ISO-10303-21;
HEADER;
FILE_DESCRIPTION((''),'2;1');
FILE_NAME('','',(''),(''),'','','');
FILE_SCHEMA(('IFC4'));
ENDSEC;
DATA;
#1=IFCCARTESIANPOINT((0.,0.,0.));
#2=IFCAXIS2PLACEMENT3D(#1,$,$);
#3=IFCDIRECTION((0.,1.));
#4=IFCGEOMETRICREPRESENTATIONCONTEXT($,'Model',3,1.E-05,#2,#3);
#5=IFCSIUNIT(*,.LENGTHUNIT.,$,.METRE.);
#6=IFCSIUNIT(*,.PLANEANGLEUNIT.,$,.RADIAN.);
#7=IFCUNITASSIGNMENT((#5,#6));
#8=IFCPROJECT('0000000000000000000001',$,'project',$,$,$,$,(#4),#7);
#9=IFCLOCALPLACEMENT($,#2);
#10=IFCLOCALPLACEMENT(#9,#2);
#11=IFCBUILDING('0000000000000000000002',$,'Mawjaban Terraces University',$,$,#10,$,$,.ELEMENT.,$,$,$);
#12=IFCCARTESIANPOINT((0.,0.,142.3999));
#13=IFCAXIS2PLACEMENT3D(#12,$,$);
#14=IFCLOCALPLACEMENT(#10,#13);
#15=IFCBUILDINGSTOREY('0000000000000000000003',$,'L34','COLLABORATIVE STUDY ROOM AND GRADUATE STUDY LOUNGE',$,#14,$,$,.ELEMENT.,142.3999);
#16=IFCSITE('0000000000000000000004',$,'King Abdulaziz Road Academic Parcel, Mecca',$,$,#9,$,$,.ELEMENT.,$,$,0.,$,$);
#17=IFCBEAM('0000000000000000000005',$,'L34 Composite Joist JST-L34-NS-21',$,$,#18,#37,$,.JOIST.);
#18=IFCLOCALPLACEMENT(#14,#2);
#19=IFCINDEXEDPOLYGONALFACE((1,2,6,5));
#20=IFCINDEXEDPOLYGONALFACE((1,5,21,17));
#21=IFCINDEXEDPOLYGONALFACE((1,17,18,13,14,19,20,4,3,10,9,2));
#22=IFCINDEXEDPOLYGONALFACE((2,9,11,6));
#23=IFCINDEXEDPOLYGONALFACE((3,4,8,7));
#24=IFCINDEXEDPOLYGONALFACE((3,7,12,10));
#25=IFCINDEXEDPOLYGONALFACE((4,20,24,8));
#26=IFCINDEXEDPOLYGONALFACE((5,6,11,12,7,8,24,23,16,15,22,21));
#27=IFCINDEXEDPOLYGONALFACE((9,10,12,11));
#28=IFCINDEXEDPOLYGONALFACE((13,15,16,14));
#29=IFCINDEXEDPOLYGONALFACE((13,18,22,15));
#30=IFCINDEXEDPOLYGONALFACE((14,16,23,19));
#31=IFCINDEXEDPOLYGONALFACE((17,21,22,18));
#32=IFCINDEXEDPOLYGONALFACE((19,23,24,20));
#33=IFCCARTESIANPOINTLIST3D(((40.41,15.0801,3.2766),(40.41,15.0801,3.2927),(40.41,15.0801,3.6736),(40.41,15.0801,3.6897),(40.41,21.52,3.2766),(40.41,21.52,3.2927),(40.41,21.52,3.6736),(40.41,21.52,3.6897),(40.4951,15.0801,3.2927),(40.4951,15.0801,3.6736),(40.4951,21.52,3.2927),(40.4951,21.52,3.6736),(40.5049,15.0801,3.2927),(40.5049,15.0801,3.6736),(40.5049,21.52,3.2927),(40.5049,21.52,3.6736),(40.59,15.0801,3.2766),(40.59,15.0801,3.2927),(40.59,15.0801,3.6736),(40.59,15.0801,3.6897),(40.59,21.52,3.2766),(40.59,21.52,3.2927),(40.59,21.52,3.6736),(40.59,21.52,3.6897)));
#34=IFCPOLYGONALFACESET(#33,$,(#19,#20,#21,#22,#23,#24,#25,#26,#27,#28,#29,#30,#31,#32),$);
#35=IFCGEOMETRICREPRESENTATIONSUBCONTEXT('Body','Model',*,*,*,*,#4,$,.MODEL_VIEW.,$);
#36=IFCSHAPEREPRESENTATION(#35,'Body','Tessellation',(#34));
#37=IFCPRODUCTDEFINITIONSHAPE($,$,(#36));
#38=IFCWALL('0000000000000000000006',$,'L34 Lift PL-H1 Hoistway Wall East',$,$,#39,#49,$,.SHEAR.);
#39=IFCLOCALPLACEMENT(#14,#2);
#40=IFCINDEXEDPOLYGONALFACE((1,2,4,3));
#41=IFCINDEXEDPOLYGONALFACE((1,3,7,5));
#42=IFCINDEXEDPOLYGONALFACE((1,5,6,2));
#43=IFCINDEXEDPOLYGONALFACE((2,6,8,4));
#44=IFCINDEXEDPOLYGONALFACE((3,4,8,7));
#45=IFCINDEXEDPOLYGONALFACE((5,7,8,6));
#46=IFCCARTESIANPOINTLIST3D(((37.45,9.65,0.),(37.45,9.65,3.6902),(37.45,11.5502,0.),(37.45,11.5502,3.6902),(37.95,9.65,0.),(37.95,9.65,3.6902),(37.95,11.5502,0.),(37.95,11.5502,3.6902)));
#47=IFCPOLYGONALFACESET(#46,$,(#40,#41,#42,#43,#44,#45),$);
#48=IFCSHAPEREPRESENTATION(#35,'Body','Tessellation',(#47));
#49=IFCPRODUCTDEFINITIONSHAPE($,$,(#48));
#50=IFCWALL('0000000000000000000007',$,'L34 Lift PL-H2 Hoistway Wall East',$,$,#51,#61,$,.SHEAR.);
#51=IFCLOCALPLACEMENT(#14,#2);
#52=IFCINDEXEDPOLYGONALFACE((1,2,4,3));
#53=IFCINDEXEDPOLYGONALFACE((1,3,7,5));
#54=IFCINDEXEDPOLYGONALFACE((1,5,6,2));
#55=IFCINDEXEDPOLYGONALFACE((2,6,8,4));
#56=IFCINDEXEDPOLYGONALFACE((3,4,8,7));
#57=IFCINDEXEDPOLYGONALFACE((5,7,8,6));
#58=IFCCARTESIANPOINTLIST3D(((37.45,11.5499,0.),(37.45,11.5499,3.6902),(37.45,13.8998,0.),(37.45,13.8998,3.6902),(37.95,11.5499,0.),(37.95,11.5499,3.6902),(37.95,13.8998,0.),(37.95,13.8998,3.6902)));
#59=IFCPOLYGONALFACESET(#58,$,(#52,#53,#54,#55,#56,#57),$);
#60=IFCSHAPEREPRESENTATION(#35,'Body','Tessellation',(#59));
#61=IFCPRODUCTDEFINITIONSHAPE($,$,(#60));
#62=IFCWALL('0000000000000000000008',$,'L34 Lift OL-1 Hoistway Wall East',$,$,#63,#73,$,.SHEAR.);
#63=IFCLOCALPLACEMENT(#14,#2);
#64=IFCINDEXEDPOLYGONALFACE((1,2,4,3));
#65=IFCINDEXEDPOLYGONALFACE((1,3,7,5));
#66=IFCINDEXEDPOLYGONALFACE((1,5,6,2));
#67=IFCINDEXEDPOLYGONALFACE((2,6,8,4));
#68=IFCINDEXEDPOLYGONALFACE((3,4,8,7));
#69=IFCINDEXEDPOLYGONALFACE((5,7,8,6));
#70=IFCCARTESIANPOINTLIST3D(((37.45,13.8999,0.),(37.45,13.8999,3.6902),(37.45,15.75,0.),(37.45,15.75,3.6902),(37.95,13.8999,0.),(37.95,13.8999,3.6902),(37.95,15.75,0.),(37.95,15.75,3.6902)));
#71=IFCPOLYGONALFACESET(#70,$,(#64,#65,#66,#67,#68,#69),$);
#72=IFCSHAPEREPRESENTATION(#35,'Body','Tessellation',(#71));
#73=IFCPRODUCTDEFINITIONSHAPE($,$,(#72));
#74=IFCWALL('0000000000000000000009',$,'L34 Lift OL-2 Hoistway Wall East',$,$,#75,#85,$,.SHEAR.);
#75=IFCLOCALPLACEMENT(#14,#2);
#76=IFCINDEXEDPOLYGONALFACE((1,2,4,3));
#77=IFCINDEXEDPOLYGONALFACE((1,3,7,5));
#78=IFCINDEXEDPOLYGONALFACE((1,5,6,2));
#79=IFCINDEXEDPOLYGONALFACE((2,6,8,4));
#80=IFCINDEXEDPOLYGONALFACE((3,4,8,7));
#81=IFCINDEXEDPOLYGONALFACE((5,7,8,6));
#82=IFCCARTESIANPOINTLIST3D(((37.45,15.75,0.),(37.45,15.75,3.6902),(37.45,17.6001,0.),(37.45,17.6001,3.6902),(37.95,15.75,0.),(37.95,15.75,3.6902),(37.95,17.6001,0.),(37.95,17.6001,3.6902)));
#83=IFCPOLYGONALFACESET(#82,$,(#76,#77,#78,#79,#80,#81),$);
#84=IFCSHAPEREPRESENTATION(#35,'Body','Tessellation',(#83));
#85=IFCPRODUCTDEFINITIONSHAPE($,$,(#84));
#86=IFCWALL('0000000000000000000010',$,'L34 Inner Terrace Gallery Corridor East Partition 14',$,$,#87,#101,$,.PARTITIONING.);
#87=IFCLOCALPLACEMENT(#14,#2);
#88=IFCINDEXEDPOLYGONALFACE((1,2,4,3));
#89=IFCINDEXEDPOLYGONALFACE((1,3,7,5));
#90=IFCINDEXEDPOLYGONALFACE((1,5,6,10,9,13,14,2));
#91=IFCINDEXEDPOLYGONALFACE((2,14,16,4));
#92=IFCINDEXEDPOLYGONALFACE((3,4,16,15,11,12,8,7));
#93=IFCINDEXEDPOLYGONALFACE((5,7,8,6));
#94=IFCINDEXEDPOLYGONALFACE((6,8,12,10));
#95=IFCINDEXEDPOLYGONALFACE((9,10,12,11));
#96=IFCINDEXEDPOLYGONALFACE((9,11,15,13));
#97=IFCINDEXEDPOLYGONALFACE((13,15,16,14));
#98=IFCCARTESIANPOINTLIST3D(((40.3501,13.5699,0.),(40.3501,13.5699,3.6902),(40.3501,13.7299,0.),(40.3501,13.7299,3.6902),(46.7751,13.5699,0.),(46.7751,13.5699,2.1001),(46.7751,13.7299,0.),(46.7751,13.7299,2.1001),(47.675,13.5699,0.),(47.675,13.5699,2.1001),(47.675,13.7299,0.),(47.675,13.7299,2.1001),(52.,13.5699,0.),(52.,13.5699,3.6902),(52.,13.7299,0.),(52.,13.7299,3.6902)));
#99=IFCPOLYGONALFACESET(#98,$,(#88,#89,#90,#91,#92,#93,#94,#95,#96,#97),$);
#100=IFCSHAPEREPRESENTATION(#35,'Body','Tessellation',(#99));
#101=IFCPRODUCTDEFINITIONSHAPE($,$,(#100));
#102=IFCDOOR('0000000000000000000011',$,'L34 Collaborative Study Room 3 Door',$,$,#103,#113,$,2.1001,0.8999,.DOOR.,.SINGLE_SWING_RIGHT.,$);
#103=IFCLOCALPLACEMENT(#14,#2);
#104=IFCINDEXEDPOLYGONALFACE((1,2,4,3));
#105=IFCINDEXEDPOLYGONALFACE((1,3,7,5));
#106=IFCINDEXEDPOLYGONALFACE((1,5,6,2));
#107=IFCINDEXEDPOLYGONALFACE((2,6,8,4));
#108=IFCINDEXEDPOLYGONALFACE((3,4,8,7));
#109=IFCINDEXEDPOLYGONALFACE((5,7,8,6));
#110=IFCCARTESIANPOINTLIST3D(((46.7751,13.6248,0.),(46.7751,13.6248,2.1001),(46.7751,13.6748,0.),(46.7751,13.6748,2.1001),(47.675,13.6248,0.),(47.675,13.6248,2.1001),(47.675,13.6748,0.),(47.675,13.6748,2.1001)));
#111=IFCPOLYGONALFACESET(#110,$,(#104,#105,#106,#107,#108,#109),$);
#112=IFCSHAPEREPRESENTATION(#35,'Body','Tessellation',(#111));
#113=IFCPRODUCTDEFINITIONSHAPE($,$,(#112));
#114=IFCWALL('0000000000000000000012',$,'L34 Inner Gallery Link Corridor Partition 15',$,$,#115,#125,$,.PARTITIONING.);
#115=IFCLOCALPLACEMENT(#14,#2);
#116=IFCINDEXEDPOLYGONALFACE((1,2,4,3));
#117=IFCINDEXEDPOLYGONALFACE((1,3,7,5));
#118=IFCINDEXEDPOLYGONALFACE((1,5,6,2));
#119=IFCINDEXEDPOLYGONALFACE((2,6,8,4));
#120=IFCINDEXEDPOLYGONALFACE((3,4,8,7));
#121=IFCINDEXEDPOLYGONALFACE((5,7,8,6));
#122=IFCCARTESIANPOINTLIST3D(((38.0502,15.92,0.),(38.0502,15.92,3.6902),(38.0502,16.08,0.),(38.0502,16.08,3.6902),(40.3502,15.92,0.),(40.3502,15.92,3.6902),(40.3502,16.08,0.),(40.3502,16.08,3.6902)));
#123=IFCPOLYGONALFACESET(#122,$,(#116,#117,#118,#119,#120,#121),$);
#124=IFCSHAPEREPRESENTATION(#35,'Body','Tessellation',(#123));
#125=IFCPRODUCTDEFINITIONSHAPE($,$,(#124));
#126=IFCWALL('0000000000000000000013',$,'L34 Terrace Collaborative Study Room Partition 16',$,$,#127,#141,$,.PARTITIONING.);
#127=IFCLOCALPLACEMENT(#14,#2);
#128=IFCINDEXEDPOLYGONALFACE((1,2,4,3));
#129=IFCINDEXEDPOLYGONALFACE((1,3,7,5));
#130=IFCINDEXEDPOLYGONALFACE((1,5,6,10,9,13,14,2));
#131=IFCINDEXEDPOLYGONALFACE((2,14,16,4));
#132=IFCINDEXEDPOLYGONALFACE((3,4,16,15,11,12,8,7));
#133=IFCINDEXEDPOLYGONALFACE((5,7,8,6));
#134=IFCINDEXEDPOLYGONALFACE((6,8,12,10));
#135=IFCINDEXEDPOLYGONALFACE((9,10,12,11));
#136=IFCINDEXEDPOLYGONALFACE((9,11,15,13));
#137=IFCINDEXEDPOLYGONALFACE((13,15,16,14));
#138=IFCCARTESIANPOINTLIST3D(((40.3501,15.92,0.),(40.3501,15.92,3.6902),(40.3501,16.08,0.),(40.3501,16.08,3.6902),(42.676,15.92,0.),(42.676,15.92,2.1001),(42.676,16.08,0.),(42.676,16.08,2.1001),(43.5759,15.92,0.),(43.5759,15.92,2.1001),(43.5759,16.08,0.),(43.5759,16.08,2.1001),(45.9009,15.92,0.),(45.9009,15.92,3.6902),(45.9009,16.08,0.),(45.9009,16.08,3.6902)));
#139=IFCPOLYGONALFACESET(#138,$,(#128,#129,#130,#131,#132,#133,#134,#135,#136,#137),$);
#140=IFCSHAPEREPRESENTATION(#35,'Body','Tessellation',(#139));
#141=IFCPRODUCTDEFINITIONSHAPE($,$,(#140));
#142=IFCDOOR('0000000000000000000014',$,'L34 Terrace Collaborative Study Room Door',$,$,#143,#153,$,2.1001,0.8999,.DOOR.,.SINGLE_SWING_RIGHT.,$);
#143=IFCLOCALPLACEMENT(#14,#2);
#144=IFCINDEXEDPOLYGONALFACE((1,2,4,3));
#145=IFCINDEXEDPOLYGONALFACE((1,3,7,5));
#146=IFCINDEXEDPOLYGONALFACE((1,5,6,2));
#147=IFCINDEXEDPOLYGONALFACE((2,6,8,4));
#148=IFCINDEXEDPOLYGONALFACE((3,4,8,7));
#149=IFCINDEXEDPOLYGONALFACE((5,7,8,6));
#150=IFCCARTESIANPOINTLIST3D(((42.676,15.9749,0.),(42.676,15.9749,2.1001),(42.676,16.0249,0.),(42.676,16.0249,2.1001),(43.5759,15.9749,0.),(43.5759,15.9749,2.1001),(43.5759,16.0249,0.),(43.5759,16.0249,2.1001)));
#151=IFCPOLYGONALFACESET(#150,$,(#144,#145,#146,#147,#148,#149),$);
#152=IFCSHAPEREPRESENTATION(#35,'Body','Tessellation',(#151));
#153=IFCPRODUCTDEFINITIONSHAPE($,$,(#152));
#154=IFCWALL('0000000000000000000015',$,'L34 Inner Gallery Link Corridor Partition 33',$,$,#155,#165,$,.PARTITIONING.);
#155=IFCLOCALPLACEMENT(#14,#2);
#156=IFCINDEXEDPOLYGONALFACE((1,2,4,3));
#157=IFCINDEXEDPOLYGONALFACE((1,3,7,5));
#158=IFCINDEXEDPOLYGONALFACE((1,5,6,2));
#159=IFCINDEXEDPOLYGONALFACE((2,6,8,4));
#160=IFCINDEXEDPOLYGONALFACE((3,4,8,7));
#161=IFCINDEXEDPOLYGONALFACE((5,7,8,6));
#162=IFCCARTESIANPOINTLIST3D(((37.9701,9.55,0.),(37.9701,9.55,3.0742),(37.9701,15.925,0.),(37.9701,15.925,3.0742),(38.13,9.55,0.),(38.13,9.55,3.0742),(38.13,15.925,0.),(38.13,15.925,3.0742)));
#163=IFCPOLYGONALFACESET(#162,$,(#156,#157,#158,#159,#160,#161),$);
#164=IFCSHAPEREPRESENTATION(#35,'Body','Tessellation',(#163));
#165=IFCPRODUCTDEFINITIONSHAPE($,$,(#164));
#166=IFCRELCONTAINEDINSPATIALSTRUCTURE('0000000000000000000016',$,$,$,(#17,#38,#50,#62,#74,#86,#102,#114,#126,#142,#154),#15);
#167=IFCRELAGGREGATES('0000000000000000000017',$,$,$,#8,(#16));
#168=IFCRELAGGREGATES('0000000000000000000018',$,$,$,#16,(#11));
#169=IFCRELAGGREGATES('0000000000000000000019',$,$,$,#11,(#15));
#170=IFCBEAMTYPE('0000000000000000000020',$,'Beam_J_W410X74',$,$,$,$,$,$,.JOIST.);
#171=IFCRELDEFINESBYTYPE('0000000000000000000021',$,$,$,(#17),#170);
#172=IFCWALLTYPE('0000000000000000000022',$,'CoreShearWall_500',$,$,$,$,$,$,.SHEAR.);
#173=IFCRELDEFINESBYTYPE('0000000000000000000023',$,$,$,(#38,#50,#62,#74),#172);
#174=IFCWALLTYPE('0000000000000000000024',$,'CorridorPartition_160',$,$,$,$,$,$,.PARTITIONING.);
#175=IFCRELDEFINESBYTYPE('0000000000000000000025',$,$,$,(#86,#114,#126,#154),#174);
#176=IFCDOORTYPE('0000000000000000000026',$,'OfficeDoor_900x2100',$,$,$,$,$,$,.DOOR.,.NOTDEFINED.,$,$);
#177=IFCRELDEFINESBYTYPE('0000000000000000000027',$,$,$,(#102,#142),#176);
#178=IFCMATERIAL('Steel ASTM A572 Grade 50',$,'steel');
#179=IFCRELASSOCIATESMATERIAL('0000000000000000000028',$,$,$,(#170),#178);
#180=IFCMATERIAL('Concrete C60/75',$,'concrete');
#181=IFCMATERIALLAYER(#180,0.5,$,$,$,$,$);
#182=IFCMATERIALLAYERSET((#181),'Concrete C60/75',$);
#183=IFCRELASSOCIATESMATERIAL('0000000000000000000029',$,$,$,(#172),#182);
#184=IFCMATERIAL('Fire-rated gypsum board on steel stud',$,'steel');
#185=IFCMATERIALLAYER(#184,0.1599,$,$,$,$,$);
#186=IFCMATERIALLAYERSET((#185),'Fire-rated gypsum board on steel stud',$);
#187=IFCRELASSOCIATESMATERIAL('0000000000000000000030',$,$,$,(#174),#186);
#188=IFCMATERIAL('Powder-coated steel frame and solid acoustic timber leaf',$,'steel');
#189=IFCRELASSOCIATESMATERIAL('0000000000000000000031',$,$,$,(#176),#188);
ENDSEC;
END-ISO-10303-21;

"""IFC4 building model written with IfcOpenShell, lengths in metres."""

from ifc_helpers import new_model, si_unit, direction, frame, frame_2d, origin, origin_2d, place, context, subcontext, project, spatial, rectangle, i_section, extrude, material, layer, layer_set, material_profile, profile_set, type_object, element, fill, save


model = new_model("IFC4")

# Units and contexts
model_context = context("Model", 3, precision=1e-05, world=origin(), true_north=direction((0.0, 1.0)))
body_context = subcontext(model_context, "Body", "Model", "MODEL_VIEW")
ifc_project = project(units=[si_unit("LENGTHUNIT", "METRE"), si_unit("PLANEANGLEUNIT", "RADIAN")], contexts=[model_context])

# Site, building, storey
site_placement = place(None, origin())
site = spatial("IfcSite", under=ifc_project, at=site_placement, Name="King Abdulaziz Road Academic Parcel, Mecca", CompositionType="ELEMENT", RefElevation=0.0)
building_placement = place(site_placement, origin())
building = spatial("IfcBuilding", under=site, at=building_placement, Name="Mawjaban Terraces University", CompositionType="ELEMENT")
storey_placement = place(building_placement, frame((0.0, 0.0, 142.3999)))
storey = spatial("IfcBuildingStorey", under=building, at=storey_placement, Name="L34", Description="COLLABORATIVE STUDY ROOM AND GRADUATE STUDY LOUNGE", CompositionType="ELEMENT", Elevation=142.3999)

# Beam
ifc_material_1 = material(Name="Steel ASTM A572 Grade 50", Category="steel")
ifc_material_profile_1 = material_profile(ifc_material_1, i_section(OverallWidth=0.1799, OverallDepth=0.4131, WebThickness=0.0098, FlangeThickness=0.0161, at=origin_2d()), Name="W410X74")
ifc_profile_set_1 = profile_set([ifc_material_profile_1], Name="Steel ASTM A572 Grade 50")
beam_type_1 = type_object("IfcBeamType", Name="Beam_J_W410X74", PredefinedType="JOIST", material=ifc_profile_set_1)
beam_1_placement = place(storey_placement, frame((40.5, 15.0801, 3.4832), z_axis=(0.0, 1.0, 0.0), x_axis=(-1.0, 0.0, 0.0)))
element("IfcBeam", 1, at=beam_1_placement, inside=storey, type_object=beam_type_1, Name="L34 Composite Joist JST-L34-NS-21", PredefinedType="JOIST", context=body_context, shape_type="SweptSolid", body=[
    extrude(i_section(OverallWidth=0.1799, OverallDepth=0.4131, WebThickness=0.0098, FlangeThickness=0.0161, at=origin_2d()), origin(), (0.0, 0.0, 1.0), 6.4399),
])

# Walls
ifc_material_2 = material(Name="Concrete C60/75", Category="concrete")
ifc_layer_1 = layer(ifc_material_2, 0.5)
ifc_layer_set_1 = layer_set([ifc_layer_1], Name="Concrete C60/75")
wall_type_1 = type_object("IfcWallType", Name="CoreShearWall_500", PredefinedType="SHEAR", material=ifc_layer_set_1)
wall_1_placement = place(storey_placement, frame((37.7, 9.6499, 0.0), z_axis=(0.0, 0.0, 1.0), x_axis=(0.0, 1.0, 0.0)))
element("IfcWall", 2, at=wall_1_placement, inside=storey, type_object=wall_type_1, Name="L34 Lift PL-H1 Hoistway Wall East", PredefinedType="SHEAR", context=body_context, shape_type="SweptSolid", body=[
    extrude(rectangle(XDim=1.9001, YDim=0.5, at=frame_2d((0.9502, 0.0))), origin(), (0.0, 0.0, 1.0), 3.6902),
])
wall_2_placement = place(storey_placement, frame((37.7, 11.55, 0.0), z_axis=(0.0, 0.0, 1.0), x_axis=(0.0, 1.0, 0.0)))
element("IfcWall", 3, at=wall_2_placement, inside=storey, type_object=wall_type_1, Name="L34 Lift PL-H2 Hoistway Wall East", PredefinedType="SHEAR", context=body_context, shape_type="SweptSolid", body=[
    extrude(rectangle(XDim=2.3499, YDim=0.5, at=frame_2d((1.1748, 0.0))), origin(), (0.0, 0.0, 1.0), 3.6902),
])
for number, where, z_axis, x_axis, name in (
    (4, (37.7, 13.8999, 0.0), (0.0, 0.0, 1.0), (0.0, 1.0, 0.0), "L34 Lift OL-1 Hoistway Wall East"),
    (5, (37.7, 15.75, 0.0), (0.0, 0.0, 1.0), (0.0, 1.0, 0.0), "L34 Lift OL-2 Hoistway Wall East"),
):
    element("IfcWall", number, at=place(storey_placement, frame(where, z_axis=z_axis, x_axis=x_axis)), inside=storey, type_object=wall_type_1, Name=name, PredefinedType="SHEAR", context=body_context, shape_type="SweptSolid", body=[
        extrude(rectangle(XDim=1.8501, YDim=0.5, at=frame_2d((0.925, 0.0))), origin(), (0.0, 0.0, 1.0), 3.6902),
    ])

# Wall, opening, door
ifc_material_3 = material(Name="Fire-rated gypsum board on steel stud", Category="steel")
ifc_layer_2 = layer(ifc_material_3, 0.1599)
ifc_layer_set_2 = layer_set([ifc_layer_2], Name="Fire-rated gypsum board on steel stud")
wall_type_2 = type_object("IfcWallType", Name="CorridorPartition_160", PredefinedType="PARTITIONING", material=ifc_layer_set_2)
wall_3_placement = place(storey_placement, frame((40.3501, 13.6499, 0.0), z_axis=(0.0, 0.0, 1.0), x_axis=(1.0, 0.0, 0.0)))
wall_3 = element("IfcWall", 6, at=wall_3_placement, inside=storey, type_object=wall_type_2, Name="L34 Inner Terrace Gallery Corridor East Partition 14", PredefinedType="PARTITIONING", context=body_context, shape_type="SweptSolid", body=[
    extrude(rectangle(XDim=11.6499, YDim=0.1599, at=frame_2d((5.825, 0.0))), origin(), (0.0, 0.0, 1.0), 3.6902),
])
opening_1_placement = place(wall_3_placement, frame((6.425, 0.0, 0.0)))
opening_1 = element("IfcOpeningElement", 7, at=opening_1_placement, cuts=wall_3, PredefinedType="OPENING", context=body_context, shape_type="SweptSolid", body=[
    extrude(rectangle(XDim=0.8999, YDim=2.1001, at=frame_2d((0.45, 1.05))), frame((0.0, 0.0898, 0.0), z_axis=(0.0, -1.0, 0.0), x_axis=(1.0, 0.0, 0.0)), (0.0, 0.0, 1.0), 0.1799),
])
ifc_material_4 = material(Name="Powder-coated steel frame and solid acoustic timber leaf", Category="steel")
door_type = type_object("IfcDoorType", Name="OfficeDoor_900x2100", OperationType="NOTDEFINED", PredefinedType="DOOR", material=ifc_material_4)
door_1_placement = place(opening_1_placement, origin())
door_1 = element("IfcDoor", 8, at=door_1_placement, inside=storey, type_object=door_type, Name="L34 Collaborative Study Room 3 Door", OperationType="SINGLE_SWING_RIGHT", OverallHeight=2.1001, OverallWidth=0.8999, PredefinedType="DOOR", context=body_context, shape_type="SweptSolid", body=[
    extrude(rectangle(XDim=0.8999, YDim=2.1001, at=frame_2d((0.45, 1.05))), frame((0.0, 0.0249, 0.0), z_axis=(0.0, -1.0, 0.0), x_axis=(1.0, 0.0, 0.0)), (0.0, 0.0, 1.0), 0.05),
])
fill(opening_1, door_1)

# Wall
wall_4_placement = place(storey_placement, frame((40.3501, 16.0, 0.0), z_axis=(0.0, 0.0, 1.0), x_axis=(-1.0, 0.0, 0.0)))
element("IfcWall", 9, at=wall_4_placement, inside=storey, type_object=wall_type_2, Name="L34 Inner Gallery Link Corridor Partition 15", PredefinedType="PARTITIONING", context=body_context, shape_type="SweptSolid", body=[
    extrude(rectangle(XDim=2.3, YDim=0.1599, at=frame_2d((1.1499, 0.0))), origin(), (0.0, 0.0, 1.0), 3.6902),
])

# Wall, opening, door
wall_5_placement = place(storey_placement, frame((40.3501, 16.0, 0.0), z_axis=(0.0, 0.0, 1.0), x_axis=(1.0, 0.0, 0.0)))
wall_5 = element("IfcWall", 10, at=wall_5_placement, inside=storey, type_object=wall_type_2, Name="L34 Terrace Collaborative Study Room Partition 16", PredefinedType="PARTITIONING", context=body_context, shape_type="SweptSolid", body=[
    extrude(rectangle(XDim=5.5508, YDim=0.1599, at=frame_2d((2.7754, 0.0))), origin(), (0.0, 0.0, 1.0), 3.6902),
])
opening_2_placement = place(wall_5_placement, frame((2.3259, 0.0, 0.0)))
opening_2 = element("IfcOpeningElement", 11, at=opening_2_placement, cuts=wall_5, PredefinedType="OPENING", context=body_context, shape_type="SweptSolid", body=[
    extrude(rectangle(XDim=0.8999, YDim=2.1001, at=frame_2d((0.45, 1.05))), frame((0.0, 0.0898, 0.0), z_axis=(0.0, -1.0, 0.0), x_axis=(1.0, 0.0, 0.0)), (0.0, 0.0, 1.0), 0.1799),
])
door_2_placement = place(opening_2_placement, origin())
door_2 = element("IfcDoor", 12, at=door_2_placement, inside=storey, type_object=door_type, Name="L34 Terrace Collaborative Study Room Door", OperationType="SINGLE_SWING_RIGHT", OverallHeight=2.1001, OverallWidth=0.8999, PredefinedType="DOOR", context=body_context, shape_type="SweptSolid", body=[
    extrude(rectangle(XDim=0.8999, YDim=2.1001, at=frame_2d((0.45, 1.05))), frame((0.0, 0.0249, 0.0), z_axis=(0.0, -1.0, 0.0), x_axis=(1.0, 0.0, 0.0)), (0.0, 0.0, 1.0), 0.05),
])
fill(opening_2, door_2)

# Wall
wall_6_placement = place(storey_placement, frame((38.05, 15.925, 0.0), z_axis=(0.0, 0.0, 1.0), x_axis=(0.0, -1.0, 0.0)))
element("IfcWall", 13, at=wall_6_placement, inside=storey, type_object=wall_type_2, Name="L34 Inner Gallery Link Corridor Partition 33", PredefinedType="PARTITIONING", context=body_context, shape_type="SweptSolid", body=[
    extrude(rectangle(XDim=6.375, YDim=0.1599, at=frame_2d((3.1875, 0.0))), origin(), (0.0, 0.0, 1.0), 3.0742),
])

save(model, "model.ifc")
